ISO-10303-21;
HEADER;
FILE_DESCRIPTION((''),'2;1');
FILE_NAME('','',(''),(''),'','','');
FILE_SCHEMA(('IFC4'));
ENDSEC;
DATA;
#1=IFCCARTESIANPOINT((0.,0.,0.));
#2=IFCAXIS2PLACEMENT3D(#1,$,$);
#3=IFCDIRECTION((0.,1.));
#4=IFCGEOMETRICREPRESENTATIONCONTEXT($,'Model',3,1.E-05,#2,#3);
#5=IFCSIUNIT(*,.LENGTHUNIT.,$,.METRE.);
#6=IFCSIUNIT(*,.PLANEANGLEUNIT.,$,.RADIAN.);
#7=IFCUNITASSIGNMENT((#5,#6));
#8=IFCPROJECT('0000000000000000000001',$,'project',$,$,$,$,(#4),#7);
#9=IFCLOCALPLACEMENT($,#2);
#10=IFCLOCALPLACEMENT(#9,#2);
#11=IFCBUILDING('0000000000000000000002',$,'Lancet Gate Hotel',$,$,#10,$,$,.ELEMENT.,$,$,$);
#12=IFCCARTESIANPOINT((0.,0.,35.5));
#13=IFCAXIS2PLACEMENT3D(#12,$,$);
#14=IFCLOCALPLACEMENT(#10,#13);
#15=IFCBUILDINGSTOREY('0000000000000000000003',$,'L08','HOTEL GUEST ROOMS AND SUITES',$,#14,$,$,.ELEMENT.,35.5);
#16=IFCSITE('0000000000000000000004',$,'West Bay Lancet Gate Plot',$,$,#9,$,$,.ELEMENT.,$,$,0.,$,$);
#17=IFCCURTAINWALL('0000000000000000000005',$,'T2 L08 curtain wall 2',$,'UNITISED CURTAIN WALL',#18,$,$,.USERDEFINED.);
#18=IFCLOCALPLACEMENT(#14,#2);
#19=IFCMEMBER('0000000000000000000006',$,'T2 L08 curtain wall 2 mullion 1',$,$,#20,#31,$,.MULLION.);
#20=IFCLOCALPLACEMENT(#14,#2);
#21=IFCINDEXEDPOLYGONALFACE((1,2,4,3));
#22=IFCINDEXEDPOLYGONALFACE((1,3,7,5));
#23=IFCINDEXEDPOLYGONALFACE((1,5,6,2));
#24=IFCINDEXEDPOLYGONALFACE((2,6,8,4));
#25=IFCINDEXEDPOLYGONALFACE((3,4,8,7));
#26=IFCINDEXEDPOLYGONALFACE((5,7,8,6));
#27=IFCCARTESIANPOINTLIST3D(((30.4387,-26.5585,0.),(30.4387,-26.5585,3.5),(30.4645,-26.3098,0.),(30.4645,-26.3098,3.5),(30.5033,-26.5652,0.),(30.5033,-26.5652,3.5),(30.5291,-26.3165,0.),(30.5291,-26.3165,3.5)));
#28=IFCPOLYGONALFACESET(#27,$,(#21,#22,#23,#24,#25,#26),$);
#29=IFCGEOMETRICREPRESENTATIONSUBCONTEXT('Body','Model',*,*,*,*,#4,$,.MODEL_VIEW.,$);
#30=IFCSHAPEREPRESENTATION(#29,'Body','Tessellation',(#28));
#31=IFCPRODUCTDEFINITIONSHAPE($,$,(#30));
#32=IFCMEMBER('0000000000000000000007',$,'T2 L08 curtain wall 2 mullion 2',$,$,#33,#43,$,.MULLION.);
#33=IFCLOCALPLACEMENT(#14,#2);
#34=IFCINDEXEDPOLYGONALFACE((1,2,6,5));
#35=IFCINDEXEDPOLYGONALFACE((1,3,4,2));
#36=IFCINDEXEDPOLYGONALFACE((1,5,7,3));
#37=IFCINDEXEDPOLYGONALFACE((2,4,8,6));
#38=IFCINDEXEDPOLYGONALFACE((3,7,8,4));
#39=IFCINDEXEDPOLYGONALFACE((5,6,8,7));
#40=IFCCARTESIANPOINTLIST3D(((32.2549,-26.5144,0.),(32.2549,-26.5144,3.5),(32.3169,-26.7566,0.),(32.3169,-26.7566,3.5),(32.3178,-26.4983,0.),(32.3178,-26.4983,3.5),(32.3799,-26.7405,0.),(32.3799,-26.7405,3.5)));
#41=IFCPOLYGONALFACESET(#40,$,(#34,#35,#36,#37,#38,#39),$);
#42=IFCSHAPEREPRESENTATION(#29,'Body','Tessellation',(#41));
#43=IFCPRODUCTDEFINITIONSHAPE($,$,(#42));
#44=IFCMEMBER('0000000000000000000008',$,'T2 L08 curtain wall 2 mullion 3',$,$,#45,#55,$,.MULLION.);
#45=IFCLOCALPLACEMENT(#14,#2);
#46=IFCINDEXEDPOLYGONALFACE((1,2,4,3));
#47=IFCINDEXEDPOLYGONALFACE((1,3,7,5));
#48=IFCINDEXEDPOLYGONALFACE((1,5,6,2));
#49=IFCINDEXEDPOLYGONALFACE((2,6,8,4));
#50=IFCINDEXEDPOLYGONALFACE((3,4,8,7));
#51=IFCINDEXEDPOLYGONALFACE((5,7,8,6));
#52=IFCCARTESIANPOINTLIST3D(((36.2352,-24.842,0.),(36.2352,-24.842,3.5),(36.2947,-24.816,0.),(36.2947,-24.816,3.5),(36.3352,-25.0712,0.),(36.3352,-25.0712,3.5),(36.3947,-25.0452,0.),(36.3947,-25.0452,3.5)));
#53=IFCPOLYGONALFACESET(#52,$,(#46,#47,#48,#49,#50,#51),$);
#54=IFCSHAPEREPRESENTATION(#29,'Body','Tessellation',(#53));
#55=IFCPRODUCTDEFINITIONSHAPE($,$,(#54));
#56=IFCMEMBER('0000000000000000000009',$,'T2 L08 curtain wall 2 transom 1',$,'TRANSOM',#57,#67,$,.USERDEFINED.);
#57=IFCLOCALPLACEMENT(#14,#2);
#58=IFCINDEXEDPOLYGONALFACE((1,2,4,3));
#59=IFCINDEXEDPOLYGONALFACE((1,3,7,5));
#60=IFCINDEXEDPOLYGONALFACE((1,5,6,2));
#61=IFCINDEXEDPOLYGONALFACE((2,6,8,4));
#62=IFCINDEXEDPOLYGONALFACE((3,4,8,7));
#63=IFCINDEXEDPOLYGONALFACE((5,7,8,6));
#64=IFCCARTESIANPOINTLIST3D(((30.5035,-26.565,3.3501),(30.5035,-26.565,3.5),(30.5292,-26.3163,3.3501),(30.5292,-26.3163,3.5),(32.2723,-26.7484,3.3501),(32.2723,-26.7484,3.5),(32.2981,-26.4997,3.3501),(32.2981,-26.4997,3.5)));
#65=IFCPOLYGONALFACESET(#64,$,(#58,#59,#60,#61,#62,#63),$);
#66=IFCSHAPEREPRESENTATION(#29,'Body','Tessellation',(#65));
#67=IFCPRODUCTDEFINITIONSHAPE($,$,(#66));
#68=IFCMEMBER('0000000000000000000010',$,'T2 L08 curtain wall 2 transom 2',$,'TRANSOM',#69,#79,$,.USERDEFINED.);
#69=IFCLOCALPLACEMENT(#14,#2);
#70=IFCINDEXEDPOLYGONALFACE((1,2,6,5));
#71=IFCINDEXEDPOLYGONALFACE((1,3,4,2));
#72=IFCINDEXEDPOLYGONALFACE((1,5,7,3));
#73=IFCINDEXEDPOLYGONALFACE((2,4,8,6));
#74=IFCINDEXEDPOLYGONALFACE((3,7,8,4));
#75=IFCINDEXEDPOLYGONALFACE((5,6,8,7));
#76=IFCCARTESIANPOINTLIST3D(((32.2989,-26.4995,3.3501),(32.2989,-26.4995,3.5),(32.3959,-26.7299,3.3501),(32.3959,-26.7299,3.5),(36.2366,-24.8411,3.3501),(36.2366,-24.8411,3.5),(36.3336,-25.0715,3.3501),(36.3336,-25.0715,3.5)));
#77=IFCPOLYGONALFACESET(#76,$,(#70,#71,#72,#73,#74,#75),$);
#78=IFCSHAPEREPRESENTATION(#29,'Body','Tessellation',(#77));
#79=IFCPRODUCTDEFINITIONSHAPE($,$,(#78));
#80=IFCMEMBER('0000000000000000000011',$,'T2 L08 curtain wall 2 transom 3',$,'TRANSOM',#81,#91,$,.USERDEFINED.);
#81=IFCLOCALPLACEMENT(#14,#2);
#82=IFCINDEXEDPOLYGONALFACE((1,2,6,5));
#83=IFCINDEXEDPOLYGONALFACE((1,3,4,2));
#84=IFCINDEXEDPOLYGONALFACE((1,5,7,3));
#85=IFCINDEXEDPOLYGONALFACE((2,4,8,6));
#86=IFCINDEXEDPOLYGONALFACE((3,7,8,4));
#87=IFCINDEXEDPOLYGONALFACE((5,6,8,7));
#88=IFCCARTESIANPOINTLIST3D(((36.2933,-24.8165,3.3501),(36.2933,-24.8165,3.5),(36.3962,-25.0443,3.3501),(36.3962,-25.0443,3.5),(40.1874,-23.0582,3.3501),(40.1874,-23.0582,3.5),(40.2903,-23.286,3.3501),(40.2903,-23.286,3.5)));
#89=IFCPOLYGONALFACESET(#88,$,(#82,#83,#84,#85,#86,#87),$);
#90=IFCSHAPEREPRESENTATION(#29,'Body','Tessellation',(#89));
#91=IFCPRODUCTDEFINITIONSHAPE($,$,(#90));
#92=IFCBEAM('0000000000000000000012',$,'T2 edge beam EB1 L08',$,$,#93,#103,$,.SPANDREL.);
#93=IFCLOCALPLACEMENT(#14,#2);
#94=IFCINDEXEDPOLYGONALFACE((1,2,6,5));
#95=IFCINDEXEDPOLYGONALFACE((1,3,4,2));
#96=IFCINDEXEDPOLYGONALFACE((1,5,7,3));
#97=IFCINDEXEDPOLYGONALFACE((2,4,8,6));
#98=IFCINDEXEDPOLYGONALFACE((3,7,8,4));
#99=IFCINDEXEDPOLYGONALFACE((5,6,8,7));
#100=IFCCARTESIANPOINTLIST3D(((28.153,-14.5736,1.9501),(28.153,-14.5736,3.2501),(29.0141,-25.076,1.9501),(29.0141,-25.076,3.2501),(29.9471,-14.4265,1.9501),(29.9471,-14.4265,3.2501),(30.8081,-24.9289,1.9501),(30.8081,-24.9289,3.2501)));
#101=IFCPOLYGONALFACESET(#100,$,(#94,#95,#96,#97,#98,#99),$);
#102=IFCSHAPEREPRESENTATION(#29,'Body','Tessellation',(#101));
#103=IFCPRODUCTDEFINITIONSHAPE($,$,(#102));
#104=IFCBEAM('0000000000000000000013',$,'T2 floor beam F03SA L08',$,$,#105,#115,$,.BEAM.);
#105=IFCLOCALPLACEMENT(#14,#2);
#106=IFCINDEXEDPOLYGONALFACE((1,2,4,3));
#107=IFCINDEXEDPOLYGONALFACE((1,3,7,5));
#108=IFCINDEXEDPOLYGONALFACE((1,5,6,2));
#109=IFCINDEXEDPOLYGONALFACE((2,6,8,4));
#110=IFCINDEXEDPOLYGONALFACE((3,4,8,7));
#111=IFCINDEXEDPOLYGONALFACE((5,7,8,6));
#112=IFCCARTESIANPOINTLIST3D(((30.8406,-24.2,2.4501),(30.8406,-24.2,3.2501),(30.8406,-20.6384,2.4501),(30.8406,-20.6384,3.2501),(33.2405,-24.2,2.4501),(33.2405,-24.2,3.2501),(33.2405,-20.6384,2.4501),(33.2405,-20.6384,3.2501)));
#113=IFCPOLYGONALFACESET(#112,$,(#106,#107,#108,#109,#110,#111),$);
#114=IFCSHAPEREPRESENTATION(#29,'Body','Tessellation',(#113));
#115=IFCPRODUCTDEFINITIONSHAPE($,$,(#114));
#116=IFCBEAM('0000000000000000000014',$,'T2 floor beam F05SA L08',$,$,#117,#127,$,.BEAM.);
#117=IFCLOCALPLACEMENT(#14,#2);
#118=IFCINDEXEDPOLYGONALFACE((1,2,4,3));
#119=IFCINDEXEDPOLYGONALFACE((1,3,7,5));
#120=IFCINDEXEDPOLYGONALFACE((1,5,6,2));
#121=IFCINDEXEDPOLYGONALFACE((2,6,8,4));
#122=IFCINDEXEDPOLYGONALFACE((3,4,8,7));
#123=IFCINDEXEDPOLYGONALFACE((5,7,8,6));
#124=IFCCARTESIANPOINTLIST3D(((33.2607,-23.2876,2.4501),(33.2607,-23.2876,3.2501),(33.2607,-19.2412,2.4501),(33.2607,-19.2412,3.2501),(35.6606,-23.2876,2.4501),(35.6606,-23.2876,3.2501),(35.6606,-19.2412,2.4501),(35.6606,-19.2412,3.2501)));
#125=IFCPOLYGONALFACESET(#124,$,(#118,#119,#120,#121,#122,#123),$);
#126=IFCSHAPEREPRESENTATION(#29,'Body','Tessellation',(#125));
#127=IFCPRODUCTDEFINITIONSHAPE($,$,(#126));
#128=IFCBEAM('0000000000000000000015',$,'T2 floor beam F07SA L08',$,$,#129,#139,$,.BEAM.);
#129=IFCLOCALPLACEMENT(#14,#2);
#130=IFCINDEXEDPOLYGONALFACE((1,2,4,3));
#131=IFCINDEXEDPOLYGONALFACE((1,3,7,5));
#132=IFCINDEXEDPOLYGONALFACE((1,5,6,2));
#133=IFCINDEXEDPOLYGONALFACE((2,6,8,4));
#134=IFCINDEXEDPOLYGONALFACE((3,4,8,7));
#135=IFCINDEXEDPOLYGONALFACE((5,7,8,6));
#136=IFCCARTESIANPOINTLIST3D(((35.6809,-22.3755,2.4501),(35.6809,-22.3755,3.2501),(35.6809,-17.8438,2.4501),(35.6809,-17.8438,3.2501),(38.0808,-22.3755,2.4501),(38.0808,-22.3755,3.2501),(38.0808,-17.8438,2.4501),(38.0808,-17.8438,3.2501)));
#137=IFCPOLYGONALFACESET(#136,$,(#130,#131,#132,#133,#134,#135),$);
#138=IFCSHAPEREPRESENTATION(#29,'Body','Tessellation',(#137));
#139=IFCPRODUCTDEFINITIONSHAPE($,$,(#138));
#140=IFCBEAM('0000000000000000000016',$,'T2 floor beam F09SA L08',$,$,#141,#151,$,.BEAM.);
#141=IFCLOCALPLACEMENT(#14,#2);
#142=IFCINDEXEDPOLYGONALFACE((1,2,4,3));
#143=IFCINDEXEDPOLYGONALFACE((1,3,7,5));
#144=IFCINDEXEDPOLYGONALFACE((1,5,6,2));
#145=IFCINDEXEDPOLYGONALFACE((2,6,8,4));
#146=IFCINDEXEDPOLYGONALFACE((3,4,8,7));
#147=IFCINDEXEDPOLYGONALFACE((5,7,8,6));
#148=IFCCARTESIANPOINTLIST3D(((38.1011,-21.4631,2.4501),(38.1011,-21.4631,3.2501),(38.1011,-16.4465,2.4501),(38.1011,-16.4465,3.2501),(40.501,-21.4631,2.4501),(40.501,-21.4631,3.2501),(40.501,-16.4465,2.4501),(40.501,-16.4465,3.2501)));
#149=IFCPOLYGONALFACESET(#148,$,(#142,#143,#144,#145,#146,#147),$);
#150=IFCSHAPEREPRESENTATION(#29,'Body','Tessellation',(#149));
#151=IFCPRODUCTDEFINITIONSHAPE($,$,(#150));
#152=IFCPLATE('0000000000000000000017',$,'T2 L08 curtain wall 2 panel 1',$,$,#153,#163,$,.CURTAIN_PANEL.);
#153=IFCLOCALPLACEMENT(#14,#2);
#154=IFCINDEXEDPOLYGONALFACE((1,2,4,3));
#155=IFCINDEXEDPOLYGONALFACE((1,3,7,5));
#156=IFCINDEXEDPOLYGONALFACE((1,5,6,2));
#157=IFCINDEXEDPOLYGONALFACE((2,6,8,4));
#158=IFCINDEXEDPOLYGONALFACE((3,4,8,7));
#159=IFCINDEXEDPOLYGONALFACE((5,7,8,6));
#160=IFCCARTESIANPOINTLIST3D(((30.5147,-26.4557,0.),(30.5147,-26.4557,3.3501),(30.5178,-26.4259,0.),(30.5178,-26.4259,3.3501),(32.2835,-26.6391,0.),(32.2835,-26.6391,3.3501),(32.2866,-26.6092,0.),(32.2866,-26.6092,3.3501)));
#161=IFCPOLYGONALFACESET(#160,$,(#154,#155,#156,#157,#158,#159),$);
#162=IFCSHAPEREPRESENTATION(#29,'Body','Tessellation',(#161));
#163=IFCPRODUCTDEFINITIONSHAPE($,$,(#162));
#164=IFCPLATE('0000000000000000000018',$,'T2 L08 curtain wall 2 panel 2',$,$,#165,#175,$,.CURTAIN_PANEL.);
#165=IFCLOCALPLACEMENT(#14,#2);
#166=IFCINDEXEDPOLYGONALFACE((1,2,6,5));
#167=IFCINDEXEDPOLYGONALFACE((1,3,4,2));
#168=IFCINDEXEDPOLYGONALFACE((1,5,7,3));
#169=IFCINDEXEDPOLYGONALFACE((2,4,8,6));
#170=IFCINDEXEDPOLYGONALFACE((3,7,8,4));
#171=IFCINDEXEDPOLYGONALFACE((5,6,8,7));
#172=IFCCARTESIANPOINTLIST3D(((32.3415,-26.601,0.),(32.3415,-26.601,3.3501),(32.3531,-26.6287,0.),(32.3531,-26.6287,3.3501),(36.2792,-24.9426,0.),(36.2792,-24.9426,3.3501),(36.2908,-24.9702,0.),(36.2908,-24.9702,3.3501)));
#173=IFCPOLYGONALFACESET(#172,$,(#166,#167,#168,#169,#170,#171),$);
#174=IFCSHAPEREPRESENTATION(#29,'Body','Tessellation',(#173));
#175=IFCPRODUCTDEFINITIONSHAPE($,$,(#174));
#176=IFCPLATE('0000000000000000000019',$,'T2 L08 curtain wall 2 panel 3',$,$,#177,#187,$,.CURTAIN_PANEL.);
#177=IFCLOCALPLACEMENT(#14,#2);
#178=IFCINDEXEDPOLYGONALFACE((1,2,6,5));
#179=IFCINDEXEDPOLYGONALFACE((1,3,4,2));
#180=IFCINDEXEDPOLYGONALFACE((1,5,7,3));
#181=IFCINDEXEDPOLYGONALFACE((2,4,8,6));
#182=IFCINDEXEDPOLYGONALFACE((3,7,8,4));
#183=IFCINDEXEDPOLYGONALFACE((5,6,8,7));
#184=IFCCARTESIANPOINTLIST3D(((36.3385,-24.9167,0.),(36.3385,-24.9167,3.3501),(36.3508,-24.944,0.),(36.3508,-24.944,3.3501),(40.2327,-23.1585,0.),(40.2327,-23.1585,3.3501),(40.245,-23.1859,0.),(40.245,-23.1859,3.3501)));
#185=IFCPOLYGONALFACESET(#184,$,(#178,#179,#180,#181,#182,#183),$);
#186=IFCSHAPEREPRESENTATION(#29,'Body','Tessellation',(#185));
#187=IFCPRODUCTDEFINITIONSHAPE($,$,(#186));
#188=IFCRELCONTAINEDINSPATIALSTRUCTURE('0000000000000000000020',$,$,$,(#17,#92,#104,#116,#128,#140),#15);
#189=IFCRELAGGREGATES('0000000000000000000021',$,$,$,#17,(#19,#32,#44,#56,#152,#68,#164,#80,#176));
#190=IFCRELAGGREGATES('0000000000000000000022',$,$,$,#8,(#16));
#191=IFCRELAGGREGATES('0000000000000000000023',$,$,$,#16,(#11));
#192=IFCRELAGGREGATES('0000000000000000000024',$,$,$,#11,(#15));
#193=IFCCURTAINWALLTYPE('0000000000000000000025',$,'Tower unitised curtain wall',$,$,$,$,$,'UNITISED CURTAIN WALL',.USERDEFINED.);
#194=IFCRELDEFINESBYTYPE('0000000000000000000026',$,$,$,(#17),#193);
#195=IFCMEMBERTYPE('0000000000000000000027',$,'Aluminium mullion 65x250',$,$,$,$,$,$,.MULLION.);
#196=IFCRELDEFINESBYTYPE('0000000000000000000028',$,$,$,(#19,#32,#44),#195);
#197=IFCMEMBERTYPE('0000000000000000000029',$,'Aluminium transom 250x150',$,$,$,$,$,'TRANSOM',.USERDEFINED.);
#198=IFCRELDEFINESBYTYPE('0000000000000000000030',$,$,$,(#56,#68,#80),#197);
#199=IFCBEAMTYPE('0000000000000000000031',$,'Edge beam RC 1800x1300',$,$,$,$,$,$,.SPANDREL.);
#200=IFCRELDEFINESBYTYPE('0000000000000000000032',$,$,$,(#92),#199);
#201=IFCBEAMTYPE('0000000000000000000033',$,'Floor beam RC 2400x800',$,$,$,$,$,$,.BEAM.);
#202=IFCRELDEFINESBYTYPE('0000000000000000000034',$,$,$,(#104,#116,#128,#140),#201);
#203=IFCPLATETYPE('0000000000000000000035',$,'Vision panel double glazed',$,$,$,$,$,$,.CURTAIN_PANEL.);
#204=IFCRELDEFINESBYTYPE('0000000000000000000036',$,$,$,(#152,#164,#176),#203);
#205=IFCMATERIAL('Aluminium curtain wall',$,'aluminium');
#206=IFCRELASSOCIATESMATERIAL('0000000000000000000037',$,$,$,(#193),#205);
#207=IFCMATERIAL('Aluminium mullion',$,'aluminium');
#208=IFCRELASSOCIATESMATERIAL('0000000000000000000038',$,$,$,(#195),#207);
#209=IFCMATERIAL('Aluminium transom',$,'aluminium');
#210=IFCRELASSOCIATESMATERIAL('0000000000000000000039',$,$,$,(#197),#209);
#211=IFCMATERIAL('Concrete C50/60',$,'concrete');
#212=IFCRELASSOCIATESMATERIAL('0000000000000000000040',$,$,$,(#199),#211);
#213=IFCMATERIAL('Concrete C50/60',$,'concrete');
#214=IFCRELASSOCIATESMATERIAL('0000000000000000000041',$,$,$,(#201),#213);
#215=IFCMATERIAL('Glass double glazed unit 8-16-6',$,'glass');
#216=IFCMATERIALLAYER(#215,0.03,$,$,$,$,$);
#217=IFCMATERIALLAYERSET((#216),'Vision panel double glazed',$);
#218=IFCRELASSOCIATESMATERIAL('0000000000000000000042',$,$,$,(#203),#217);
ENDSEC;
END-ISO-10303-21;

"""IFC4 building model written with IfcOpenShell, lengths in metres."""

from ifc_helpers import new_model, si_unit, direction, frame, origin, origin_2d, place, context, subcontext, project, spatial, rectangle, extrude, material, layer, layer_set, material_profile, profile_set, type_object, element, aggregate, save


model = new_model("IFC4")

# Units and contexts
model_context = context("Model", 3, precision=1e-05, world=origin(), true_north=direction((0.0, 1.0)))
body_context = subcontext(model_context, "Body", "Model", "MODEL_VIEW")
ifc_project = project(units=[si_unit("LENGTHUNIT", "METRE"), si_unit("PLANEANGLEUNIT", "RADIAN")], contexts=[model_context])

# Site, building, storey
site_placement = place(None, origin())
site = spatial("IfcSite", under=ifc_project, at=site_placement, Name="West Bay Lancet Gate Plot", CompositionType="ELEMENT", RefElevation=0.0)
building_placement = place(site_placement, origin())
building = spatial("IfcBuilding", under=site, at=building_placement, Name="Lancet Gate Hotel", CompositionType="ELEMENT")
storey_placement = place(building_placement, frame((0.0, 0.0, 35.5)))
storey = spatial("IfcBuildingStorey", under=building, at=storey_placement, Name="L08", Description="HOTEL GUEST ROOMS AND SUITES", CompositionType="ELEMENT", Elevation=35.5)

# Curtain wall, members
ifc_material_1 = material(Name="Aluminium curtain wall", Category="aluminium")
curtain_wall_type = type_object("IfcCurtainWallType", Name="Tower unitised curtain wall", ElementType="UNITISED CURTAIN WALL", PredefinedType="USERDEFINED", material=ifc_material_1)
curtain_wall_placement = place(storey_placement, origin())
curtain_wall = element("IfcCurtainWall", 1, at=curtain_wall_placement, inside=storey, type_object=curtain_wall_type, Name="T2 L08 curtain wall 2", ObjectType="UNITISED CURTAIN WALL", PredefinedType="USERDEFINED")
ifc_material_2 = material(Name="Aluminium mullion", Category="aluminium")
ifc_material_profile_1 = material_profile(ifc_material_2, rectangle(XDim=0.0649, YDim=0.25, at=origin_2d()), Name="MULLION 65x250")
ifc_profile_set_1 = profile_set([ifc_material_profile_1], Name="Aluminium mullion")
member_type_1 = type_object("IfcMemberType", Name="Aluminium mullion 65x250", PredefinedType="MULLION", material=ifc_profile_set_1)
member_1_placement = place(storey_placement, frame((30.4839, -26.4375, 0.0), z_axis=(0.0, 0.0, 1.0), x_axis=(0.994672, -0.103088, 0.0)))
member_1 = element("IfcMember", 2, at=member_1_placement, type_object=member_type_1, Name="T2 L08 curtain wall 2 mullion 1", PredefinedType="MULLION", context=body_context, shape_type="SweptSolid", body=[
    extrude(rectangle(XDim=0.0649, YDim=0.25, at=origin_2d()), origin(), (0.0, 0.0, 1.0), 3.5),
])
member_2_placement = place(storey_placement, frame((32.3174, -26.6274, 0.0), z_axis=(0.0, 0.0, 1.0), x_axis=(0.968721, 0.24815, 0.0)))
member_2 = element("IfcMember", 3, at=member_2_placement, type_object=member_type_1, Name="T2 L08 curtain wall 2 mullion 2", PredefinedType="MULLION", context=body_context, shape_type="SweptSolid", body=[
    extrude(rectangle(XDim=0.0649, YDim=0.25, at=origin_2d()), origin(), (0.0, 0.0, 1.0), 3.5),
])
member_3_placement = place(storey_placement, frame((36.3149, -24.9436, 0.0), z_axis=(0.0, 0.0, 1.0), x_axis=(0.916579, 0.399854, 0.0)))
member_3 = element("IfcMember", 4, at=member_3_placement, type_object=member_type_1, Name="T2 L08 curtain wall 2 mullion 3", PredefinedType="MULLION", context=body_context, shape_type="SweptSolid", body=[
    extrude(rectangle(XDim=0.0649, YDim=0.25, at=origin_2d()), origin(), (0.0, 0.0, 1.0), 3.5),
])
ifc_material_3 = material(Name="Aluminium transom", Category="aluminium")
ifc_material_profile_2 = material_profile(ifc_material_3, rectangle(XDim=0.25, YDim=0.1499, at=origin_2d()), Name="TRANSOM 250x150")
ifc_profile_set_2 = profile_set([ifc_material_profile_2], Name="Aluminium transom")
member_type_2 = type_object("IfcMemberType", Name="Aluminium transom 250x150", ElementType="TRANSOM", PredefinedType="USERDEFINED", material=ifc_profile_set_2)
member_4_placement = place(storey_placement, frame((30.5164, -26.4407, 3.425), z_axis=(0.99467, -0.103105, 0.0), x_axis=(0.103105, 0.99467, 0.0)))
member_4 = element("IfcMember", 5, at=member_4_placement, type_object=member_type_2, Name="T2 L08 curtain wall 2 transom 1", ObjectType="TRANSOM", PredefinedType="USERDEFINED", context=body_context, shape_type="SweptSolid", body=[
    extrude(rectangle(XDim=0.25, YDim=0.1499, at=origin_2d()), origin(), (0.0, 0.0, 1.0), 1.7783),
])
member_5_placement = place(storey_placement, frame((32.3474, -26.6147, 3.425), z_axis=(0.921598, 0.388146, 0.0), x_axis=(-0.388146, 0.921598, 0.0)))
member_5 = element("IfcMember", 6, at=member_5_placement, type_object=member_type_2, Name="T2 L08 curtain wall 2 transom 2", ObjectType="TRANSOM", PredefinedType="USERDEFINED", context=body_context, shape_type="SweptSolid", body=[
    extrude(rectangle(XDim=0.25, YDim=0.1499, at=origin_2d()), origin(), (0.0, 0.0, 1.0), 4.2727),
])
member_6_placement = place(storey_placement, frame((36.3447, -24.9304, 3.425), z_axis=(0.911397, 0.411529, 0.0), x_axis=(-0.411529, 0.911397, 0.0)))
member_6 = element("IfcMember", 7, at=member_6_placement, type_object=member_type_2, Name="T2 L08 curtain wall 2 transom 3", ObjectType="TRANSOM", PredefinedType="USERDEFINED", context=body_context, shape_type="SweptSolid", body=[
    extrude(rectangle(XDim=0.25, YDim=0.1499, at=origin_2d()), origin(), (0.0, 0.0, 1.0), 4.2727),
])

# Beams
ifc_material_4 = material(Name="Concrete C50/60", Category="concrete")
ifc_material_profile_3 = material_profile(ifc_material_4, rectangle(XDim=1.8, YDim=1.3, at=origin_2d()), Name="RC 1800x1300")
ifc_profile_set_3 = profile_set([ifc_material_profile_3], Name="Concrete C50/60")
beam_type_1 = type_object("IfcBeamType", Name="Edge beam RC 1800x1300", PredefinedType="SPANDREL", material=ifc_profile_set_3)
beam_1_placement = place(storey_placement, frame((29.9111, -25.0024, 2.6001), z_axis=(-0.081715, 0.996656, 0.0), x_axis=(-0.996656, -0.081715, 0.0)))
element("IfcBeam", 8, at=beam_1_placement, inside=storey, type_object=beam_type_1, Name="T2 edge beam EB1 L08", PredefinedType="SPANDREL", context=body_context, shape_type="SweptSolid", body=[
    extrude(rectangle(XDim=1.8, YDim=1.3, at=origin_2d()), origin(), (0.0, 0.0, 1.0), 10.5376),
])
ifc_material_5 = material(Name="Concrete C50/60", Category="concrete")
ifc_material_profile_4 = material_profile(ifc_material_5, rectangle(XDim=2.3999, YDim=0.8, at=origin_2d()), Name="RC 2400x800")
ifc_profile_set_4 = profile_set([ifc_material_profile_4], Name="Concrete C50/60")
beam_type_2 = type_object("IfcBeamType", Name="Floor beam RC 2400x800", PredefinedType="BEAM", material=ifc_profile_set_4)
beam_2_placement = place(storey_placement, frame((32.0405, -24.2, 2.8501), z_axis=(0.0, 1.0, 0.0), x_axis=(-1.0, 0.0, 0.0)))
element("IfcBeam", 9, at=beam_2_placement, inside=storey, type_object=beam_type_2, Name="T2 floor beam F03SA L08", PredefinedType="BEAM", context=body_context, shape_type="SweptSolid", body=[
    extrude(rectangle(XDim=2.3999, YDim=0.8, at=origin_2d()), origin(), (0.0, 0.0, 1.0), 3.5615),
])
beam_3_placement = place(storey_placement, frame((34.4607, -23.2876, 2.8501), z_axis=(0.0, 1.0, 0.0), x_axis=(-1.0, 0.0, 0.0)))
element("IfcBeam", 10, at=beam_3_placement, inside=storey, type_object=beam_type_2, Name="T2 floor beam F05SA L08", PredefinedType="BEAM", context=body_context, shape_type="SweptSolid", body=[
    extrude(rectangle(XDim=2.3999, YDim=0.8, at=origin_2d()), origin(), (0.0, 0.0, 1.0), 4.0464),
])
beam_4_placement = place(storey_placement, frame((36.8809, -22.3755, 2.8501), z_axis=(0.0, 1.0, 0.0), x_axis=(-1.0, 0.0, 0.0)))
element("IfcBeam", 11, at=beam_4_placement, inside=storey, type_object=beam_type_2, Name="T2 floor beam F07SA L08", PredefinedType="BEAM", context=body_context, shape_type="SweptSolid", body=[
    extrude(rectangle(XDim=2.3999, YDim=0.8, at=origin_2d()), origin(), (0.0, 0.0, 1.0), 4.5317),
])
beam_5_placement = place(storey_placement, frame((39.301, -21.4631, 2.8501), z_axis=(0.0, 1.0, 0.0), x_axis=(-1.0, 0.0, 0.0)))
element("IfcBeam", 12, at=beam_5_placement, inside=storey, type_object=beam_type_2, Name="T2 floor beam F09SA L08", PredefinedType="BEAM", context=body_context, shape_type="SweptSolid", body=[
    extrude(rectangle(XDim=2.3999, YDim=0.8, at=origin_2d()), origin(), (0.0, 0.0, 1.0), 5.0166),
])

# Plates
ifc_material_6 = material(Name="Glass double glazed unit 8-16-6", Category="glass")
ifc_layer_1 = layer(ifc_material_6, 0.03)
ifc_layer_set_1 = layer_set([ifc_layer_1], Name="Vision panel double glazed")
plate_type = type_object("IfcPlateType", Name="Vision panel double glazed", PredefinedType="CURTAIN_PANEL", material=ifc_layer_set_1)
plate_1_placement = place(storey_placement, frame((31.4006, -26.5325, 0.0), z_axis=(0.0, 0.0, 1.0), x_axis=(0.994672, -0.103088, 0.0)))
plate_1 = element("IfcPlate", 13, at=plate_1_placement, type_object=plate_type, Name="T2 L08 curtain wall 2 panel 1", PredefinedType="CURTAIN_PANEL", context=body_context, shape_type="SweptSolid", body=[
    extrude(rectangle(XDim=1.7783, YDim=0.03, at=origin_2d()), origin(), (0.0, 0.0, 1.0), 3.3501),
])
plate_2_placement = place(storey_placement, frame((34.3162, -25.7856, 0.0), z_axis=(0.0, 0.0, 1.0), x_axis=(0.921593, 0.388157, 0.0)))
plate_2 = element("IfcPlate", 14, at=plate_2_placement, type_object=plate_type, Name="T2 L08 curtain wall 2 panel 2", PredefinedType="CURTAIN_PANEL", context=body_context, shape_type="SweptSolid", body=[
    extrude(rectangle(XDim=4.2727, YDim=0.03, at=origin_2d()), origin(), (0.0, 0.0, 1.0), 3.3501),
])
plate_3_placement = place(storey_placement, frame((38.2917, -24.0513, 0.0), z_axis=(0.0, 0.0, 1.0), x_axis=(0.911416, 0.411487, 0.0)))
plate_3 = element("IfcPlate", 15, at=plate_3_placement, type_object=plate_type, Name="T2 L08 curtain wall 2 panel 3", PredefinedType="CURTAIN_PANEL", context=body_context, shape_type="SweptSolid", body=[
    extrude(rectangle(XDim=4.2727, YDim=0.03, at=origin_2d()), origin(), (0.0, 0.0, 1.0), 3.3501),
])
aggregate(curtain_wall, [member_1, member_2, member_3, member_4, plate_1, member_5, plate_2, member_6, plate_3])

save(model, "model.ifc")
